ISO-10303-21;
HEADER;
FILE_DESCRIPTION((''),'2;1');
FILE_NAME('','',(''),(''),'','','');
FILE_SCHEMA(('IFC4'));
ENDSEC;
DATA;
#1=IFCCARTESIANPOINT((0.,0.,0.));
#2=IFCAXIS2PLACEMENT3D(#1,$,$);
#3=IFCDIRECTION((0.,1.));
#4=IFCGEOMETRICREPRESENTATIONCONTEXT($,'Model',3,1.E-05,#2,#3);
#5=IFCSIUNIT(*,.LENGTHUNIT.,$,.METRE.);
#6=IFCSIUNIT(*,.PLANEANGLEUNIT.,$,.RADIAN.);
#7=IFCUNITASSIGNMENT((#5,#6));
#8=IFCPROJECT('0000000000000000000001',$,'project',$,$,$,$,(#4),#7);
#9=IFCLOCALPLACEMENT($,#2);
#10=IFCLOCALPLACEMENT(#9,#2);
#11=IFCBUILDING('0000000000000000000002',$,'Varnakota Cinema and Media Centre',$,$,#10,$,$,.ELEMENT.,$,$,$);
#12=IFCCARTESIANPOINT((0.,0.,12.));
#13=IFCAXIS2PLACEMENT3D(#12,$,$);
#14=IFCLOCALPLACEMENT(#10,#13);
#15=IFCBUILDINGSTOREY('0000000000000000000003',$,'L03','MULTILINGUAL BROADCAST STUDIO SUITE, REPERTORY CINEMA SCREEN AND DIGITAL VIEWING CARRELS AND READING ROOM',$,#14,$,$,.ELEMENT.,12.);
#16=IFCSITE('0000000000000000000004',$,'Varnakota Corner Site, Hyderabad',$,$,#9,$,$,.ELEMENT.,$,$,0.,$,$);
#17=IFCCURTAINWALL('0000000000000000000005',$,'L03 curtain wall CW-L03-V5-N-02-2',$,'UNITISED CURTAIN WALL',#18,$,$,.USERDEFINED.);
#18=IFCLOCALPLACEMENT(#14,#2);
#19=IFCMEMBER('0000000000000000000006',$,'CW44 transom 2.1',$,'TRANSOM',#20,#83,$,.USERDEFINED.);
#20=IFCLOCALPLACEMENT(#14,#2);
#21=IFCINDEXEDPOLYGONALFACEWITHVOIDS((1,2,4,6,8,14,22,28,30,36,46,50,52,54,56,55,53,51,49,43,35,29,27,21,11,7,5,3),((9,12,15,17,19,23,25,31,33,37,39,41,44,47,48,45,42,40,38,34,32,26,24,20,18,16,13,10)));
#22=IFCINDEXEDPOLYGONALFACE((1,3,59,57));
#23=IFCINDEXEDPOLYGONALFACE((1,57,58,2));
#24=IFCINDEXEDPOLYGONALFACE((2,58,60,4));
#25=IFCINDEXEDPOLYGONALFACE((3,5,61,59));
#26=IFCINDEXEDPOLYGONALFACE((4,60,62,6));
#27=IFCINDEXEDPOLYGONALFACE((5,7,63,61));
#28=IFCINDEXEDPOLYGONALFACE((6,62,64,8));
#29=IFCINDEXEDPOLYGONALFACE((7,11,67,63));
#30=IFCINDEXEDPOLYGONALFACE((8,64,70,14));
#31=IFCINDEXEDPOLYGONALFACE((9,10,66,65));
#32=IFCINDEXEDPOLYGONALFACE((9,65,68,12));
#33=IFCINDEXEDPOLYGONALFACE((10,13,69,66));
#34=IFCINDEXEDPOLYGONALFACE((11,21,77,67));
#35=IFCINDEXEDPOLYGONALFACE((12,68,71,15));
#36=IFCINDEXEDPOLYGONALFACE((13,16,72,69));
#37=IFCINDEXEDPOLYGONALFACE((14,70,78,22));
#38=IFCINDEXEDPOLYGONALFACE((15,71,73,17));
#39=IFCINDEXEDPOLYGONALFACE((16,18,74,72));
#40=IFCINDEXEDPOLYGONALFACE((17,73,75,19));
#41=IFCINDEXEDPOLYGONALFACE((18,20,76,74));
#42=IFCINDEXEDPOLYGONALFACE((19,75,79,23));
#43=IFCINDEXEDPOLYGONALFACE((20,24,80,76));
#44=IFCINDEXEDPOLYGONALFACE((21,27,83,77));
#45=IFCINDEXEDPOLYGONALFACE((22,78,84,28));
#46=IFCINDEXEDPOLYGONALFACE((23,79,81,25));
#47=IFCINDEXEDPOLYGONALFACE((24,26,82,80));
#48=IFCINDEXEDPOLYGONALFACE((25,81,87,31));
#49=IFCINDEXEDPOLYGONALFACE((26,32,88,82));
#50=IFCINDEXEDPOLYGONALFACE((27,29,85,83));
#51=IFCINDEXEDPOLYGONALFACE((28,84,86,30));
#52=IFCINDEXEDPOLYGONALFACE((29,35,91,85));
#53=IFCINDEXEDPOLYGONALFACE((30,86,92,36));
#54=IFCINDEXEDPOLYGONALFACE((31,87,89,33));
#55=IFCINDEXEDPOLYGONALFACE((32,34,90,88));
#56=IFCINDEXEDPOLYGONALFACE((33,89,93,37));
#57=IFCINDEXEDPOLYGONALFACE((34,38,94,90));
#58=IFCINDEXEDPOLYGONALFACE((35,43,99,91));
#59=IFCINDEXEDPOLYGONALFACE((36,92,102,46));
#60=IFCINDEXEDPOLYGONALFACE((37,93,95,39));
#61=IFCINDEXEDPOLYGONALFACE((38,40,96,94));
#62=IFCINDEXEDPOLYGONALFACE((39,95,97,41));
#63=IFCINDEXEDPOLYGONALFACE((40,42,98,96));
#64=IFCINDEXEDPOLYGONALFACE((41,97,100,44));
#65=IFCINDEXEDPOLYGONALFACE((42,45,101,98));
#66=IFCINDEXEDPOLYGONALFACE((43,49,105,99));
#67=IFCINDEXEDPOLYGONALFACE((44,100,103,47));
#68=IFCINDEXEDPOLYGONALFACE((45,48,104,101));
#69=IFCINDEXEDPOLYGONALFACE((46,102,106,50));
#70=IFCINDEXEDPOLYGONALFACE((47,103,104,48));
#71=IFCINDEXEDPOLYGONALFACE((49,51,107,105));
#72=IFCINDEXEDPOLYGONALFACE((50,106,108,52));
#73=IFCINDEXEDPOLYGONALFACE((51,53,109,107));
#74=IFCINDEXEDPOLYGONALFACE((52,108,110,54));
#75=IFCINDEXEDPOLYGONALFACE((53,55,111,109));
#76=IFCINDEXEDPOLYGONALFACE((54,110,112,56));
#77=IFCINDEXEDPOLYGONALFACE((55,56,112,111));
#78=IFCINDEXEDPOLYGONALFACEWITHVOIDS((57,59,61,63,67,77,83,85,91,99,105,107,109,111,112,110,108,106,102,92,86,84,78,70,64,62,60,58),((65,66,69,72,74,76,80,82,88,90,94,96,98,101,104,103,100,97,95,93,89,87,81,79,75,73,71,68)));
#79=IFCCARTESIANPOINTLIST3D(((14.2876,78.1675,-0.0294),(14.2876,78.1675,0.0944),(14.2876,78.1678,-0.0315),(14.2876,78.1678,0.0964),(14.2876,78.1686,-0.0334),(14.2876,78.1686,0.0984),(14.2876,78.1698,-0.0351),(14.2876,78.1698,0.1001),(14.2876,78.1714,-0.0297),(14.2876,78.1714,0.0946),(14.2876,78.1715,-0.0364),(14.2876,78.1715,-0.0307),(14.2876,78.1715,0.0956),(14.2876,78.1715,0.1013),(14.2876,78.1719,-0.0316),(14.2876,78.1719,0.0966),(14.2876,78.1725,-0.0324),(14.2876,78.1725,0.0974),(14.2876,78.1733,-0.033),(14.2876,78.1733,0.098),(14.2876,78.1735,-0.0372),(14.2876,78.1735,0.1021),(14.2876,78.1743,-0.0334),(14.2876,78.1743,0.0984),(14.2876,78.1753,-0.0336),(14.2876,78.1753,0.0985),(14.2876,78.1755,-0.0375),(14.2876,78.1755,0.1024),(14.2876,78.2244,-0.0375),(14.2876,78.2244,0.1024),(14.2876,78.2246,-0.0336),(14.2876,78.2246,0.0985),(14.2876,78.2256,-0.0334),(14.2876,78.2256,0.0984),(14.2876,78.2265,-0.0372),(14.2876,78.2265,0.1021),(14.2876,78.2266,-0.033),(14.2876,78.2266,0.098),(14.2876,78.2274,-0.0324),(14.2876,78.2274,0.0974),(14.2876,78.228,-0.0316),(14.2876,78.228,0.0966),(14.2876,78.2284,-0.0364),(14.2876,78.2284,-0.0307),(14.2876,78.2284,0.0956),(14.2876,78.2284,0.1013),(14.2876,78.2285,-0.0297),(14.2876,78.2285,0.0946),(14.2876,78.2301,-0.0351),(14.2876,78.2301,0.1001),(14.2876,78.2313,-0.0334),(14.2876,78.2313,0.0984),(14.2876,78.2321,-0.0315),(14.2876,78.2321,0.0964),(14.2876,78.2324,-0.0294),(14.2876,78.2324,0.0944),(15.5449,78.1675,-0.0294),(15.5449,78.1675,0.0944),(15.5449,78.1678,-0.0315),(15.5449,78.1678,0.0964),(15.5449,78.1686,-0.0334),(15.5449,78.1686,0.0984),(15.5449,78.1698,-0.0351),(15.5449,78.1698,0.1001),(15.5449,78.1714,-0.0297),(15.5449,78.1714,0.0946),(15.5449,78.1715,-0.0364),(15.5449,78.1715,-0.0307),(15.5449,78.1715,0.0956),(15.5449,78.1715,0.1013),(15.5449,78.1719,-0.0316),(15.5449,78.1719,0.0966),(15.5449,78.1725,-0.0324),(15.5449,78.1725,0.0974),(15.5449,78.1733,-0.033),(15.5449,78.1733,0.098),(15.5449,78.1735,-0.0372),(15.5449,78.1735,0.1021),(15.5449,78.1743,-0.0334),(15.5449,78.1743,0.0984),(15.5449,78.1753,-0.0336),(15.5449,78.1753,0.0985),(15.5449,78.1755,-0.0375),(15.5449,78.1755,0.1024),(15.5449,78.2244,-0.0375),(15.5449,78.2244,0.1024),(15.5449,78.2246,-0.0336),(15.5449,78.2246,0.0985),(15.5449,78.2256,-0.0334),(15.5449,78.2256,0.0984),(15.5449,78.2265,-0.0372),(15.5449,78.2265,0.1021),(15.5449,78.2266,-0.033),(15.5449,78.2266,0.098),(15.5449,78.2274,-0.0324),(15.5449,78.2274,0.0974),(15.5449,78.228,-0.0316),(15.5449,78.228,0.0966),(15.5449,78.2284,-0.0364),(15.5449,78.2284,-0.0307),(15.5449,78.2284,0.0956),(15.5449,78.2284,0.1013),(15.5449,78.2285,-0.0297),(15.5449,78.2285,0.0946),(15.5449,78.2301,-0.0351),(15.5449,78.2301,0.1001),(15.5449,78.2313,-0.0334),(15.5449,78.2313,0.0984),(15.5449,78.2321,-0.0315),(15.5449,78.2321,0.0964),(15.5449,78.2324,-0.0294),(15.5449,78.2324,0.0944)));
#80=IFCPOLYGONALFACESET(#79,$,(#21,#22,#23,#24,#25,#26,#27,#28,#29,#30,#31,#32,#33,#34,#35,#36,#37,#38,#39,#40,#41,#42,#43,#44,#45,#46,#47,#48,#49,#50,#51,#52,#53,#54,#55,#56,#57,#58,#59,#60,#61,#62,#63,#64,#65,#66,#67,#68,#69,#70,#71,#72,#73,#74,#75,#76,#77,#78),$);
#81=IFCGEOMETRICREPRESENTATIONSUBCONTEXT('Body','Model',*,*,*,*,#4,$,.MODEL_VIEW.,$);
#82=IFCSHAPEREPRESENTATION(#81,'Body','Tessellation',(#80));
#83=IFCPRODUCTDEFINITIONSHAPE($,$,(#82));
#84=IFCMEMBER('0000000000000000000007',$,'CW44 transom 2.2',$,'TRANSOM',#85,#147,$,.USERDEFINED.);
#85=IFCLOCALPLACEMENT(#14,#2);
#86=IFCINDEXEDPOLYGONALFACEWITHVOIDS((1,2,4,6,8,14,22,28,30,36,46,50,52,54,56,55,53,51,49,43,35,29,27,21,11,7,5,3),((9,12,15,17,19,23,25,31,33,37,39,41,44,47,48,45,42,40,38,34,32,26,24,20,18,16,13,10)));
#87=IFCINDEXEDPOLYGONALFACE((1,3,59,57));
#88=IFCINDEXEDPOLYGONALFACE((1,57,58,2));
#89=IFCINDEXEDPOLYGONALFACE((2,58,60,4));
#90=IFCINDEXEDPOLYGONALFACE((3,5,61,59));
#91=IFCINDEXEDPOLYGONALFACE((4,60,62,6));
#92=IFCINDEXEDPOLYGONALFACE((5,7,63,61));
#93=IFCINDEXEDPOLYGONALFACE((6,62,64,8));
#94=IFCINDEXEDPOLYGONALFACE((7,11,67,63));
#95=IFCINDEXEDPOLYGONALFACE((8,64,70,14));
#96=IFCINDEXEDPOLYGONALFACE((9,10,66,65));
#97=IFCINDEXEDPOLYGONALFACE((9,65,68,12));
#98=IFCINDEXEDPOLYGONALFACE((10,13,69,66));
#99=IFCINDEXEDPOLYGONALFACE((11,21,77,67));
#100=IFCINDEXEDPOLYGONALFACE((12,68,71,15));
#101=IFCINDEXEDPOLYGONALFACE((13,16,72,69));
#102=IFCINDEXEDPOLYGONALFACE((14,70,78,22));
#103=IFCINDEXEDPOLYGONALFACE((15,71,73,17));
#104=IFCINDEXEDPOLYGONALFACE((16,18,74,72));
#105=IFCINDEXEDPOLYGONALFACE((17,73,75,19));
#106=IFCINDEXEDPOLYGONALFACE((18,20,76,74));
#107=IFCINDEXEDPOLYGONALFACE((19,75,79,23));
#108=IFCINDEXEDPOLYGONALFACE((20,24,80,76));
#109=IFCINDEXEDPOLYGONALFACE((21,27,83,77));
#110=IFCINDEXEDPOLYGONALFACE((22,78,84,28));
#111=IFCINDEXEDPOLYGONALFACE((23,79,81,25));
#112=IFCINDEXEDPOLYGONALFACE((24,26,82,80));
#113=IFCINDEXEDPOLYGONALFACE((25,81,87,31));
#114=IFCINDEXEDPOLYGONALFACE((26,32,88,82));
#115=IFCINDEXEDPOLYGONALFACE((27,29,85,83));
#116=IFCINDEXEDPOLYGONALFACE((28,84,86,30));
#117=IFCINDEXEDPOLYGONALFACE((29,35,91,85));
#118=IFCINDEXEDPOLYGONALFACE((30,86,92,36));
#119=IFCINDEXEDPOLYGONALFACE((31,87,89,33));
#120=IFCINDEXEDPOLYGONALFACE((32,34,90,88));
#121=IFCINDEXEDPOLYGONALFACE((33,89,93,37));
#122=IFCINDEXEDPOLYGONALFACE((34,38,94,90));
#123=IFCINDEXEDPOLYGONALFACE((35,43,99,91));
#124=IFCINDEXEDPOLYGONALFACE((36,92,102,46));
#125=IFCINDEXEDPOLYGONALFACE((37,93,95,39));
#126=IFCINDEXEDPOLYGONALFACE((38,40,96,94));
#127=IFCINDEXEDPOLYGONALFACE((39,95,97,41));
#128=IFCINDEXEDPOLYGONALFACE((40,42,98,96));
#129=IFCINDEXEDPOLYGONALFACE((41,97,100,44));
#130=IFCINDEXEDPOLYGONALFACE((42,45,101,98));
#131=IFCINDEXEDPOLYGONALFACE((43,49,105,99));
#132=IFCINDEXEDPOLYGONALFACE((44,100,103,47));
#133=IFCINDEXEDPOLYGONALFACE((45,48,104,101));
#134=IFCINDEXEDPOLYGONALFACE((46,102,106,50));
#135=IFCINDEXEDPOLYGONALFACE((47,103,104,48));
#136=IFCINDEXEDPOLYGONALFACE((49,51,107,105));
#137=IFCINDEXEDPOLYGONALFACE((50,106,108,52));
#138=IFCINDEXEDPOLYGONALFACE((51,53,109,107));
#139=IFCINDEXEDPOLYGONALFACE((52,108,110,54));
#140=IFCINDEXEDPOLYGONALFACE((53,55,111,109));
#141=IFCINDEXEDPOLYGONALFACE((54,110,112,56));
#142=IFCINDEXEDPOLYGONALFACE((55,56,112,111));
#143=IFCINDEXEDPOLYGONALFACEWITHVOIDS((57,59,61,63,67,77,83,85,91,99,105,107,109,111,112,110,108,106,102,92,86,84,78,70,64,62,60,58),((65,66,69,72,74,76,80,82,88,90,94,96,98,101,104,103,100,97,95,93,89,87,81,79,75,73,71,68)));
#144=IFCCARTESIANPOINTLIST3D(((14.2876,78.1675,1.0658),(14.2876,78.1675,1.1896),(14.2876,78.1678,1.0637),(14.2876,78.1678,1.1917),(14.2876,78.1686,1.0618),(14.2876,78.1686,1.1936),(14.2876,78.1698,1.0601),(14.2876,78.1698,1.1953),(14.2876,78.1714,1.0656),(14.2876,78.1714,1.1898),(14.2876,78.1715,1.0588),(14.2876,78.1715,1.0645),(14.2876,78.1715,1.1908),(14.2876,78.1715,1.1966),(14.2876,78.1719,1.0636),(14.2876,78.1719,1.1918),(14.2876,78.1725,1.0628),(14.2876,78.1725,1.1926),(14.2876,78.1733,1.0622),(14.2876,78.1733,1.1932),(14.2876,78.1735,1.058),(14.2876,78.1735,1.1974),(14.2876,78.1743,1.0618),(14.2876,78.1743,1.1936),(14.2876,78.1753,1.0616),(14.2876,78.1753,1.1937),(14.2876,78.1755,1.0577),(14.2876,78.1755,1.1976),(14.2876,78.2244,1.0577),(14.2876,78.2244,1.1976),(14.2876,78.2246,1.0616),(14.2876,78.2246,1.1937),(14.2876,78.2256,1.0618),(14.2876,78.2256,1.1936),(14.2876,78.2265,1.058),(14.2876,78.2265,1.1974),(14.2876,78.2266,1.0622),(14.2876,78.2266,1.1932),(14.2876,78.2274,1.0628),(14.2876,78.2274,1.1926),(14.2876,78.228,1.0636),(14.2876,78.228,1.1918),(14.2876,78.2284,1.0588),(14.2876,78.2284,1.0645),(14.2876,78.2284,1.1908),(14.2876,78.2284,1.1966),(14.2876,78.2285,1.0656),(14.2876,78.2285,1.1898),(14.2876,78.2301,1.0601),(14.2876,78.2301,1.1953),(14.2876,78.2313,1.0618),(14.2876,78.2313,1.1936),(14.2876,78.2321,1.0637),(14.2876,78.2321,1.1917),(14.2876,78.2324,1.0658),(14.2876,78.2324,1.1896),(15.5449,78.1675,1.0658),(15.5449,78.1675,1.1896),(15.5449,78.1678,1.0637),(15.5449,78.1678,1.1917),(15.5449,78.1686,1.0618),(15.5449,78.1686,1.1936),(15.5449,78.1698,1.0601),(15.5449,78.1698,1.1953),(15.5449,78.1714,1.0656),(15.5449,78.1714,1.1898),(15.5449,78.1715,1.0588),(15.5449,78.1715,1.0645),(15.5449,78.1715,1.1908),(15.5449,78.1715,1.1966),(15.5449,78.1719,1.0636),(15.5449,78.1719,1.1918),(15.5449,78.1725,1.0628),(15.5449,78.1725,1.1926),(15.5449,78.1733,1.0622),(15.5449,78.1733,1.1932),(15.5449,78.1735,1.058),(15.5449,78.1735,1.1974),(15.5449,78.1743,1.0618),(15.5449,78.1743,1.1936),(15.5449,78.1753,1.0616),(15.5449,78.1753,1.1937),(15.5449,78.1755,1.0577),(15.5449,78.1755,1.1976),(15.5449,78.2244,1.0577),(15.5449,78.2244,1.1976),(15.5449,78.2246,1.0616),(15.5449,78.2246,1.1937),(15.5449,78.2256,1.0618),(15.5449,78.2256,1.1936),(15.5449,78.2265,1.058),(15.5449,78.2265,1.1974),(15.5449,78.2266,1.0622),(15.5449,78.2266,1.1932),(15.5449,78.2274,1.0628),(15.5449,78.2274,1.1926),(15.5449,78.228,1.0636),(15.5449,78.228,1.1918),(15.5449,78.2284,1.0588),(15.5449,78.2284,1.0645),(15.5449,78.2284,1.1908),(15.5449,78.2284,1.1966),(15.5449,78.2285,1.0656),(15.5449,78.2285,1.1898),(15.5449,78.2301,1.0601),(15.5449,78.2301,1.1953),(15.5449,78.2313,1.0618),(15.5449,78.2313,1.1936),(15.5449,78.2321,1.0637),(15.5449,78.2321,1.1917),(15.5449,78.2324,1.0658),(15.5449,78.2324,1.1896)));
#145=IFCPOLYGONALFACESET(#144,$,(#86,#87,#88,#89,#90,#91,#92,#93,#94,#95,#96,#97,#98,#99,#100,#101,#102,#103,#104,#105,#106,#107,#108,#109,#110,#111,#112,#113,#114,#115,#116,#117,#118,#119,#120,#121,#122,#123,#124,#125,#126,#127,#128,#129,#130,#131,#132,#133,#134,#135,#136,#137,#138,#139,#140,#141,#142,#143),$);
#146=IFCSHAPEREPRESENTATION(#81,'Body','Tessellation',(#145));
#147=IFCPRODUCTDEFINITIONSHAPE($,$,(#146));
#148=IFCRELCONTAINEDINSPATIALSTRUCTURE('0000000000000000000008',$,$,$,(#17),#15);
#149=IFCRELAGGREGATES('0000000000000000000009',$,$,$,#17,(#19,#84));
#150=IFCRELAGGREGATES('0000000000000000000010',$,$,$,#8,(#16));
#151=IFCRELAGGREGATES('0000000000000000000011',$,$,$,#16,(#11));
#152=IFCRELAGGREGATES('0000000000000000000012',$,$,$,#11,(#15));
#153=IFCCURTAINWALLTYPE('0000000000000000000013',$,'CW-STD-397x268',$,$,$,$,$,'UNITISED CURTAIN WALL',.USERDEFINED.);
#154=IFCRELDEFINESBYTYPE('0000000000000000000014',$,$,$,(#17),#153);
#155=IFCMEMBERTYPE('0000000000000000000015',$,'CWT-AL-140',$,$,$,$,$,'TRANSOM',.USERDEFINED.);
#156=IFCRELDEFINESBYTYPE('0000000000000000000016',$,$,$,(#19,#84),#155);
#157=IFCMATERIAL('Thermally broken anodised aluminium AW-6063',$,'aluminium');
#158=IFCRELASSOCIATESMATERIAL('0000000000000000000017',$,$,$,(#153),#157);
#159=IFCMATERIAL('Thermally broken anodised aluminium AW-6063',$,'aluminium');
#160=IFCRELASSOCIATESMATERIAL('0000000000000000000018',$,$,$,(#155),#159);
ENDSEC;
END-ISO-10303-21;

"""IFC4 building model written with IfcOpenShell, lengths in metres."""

from ifc_helpers import new_model, si_unit, direction, frame, origin, origin_2d, place, context, subcontext, project, spatial, hollow_rectangle, extrude, material, material_profile, profile_set, type_object, element, aggregate, save


model = new_model("IFC4")

# Units and contexts
model_context = context("Model", 3, precision=1e-05, world=origin(), true_north=direction((0.0, 1.0)))
body_context = subcontext(model_context, "Body", "Model", "MODEL_VIEW")
ifc_project = project(units=[si_unit("LENGTHUNIT", "METRE"), si_unit("PLANEANGLEUNIT", "RADIAN")], contexts=[model_context])

# Site, building, storey
site_placement = place(None, origin())
site = spatial("IfcSite", under=ifc_project, at=site_placement, Name="Varnakota Corner Site, Hyderabad", CompositionType="ELEMENT", RefElevation=0.0)
building_placement = place(site_placement, origin())
building = spatial("IfcBuilding", under=site, at=building_placement, Name="Varnakota Cinema and Media Centre", CompositionType="ELEMENT")
storey_placement = place(building_placement, frame((0.0, 0.0, 12.0)))
storey = spatial("IfcBuildingStorey", under=building, at=storey_placement, Name="L03", Description="MULTILINGUAL BROADCAST STUDIO SUITE, REPERTORY CINEMA SCREEN AND DIGITAL VIEWING CARRELS AND READING ROOM", CompositionType="ELEMENT", Elevation=12.0)

# Curtain wall
ifc_material_1 = material(Name="Thermally broken anodised aluminium AW-6063", Category="aluminium")
curtain_wall_type = type_object("IfcCurtainWallType", Name="CW-STD-397x268", ElementType="UNITISED CURTAIN WALL", PredefinedType="USERDEFINED", material=ifc_material_1)
curtain_wall_1_placement = place(storey_placement, origin())
curtain_wall_1 = element("IfcCurtainWall", 1, at=curtain_wall_1_placement, inside=storey, type_object=curtain_wall_type, Name="L03 curtain wall CW-L03-V5-N-02-2", ObjectType="UNITISED CURTAIN WALL", PredefinedType="USERDEFINED")

# Members
ifc_material_2 = material(Name="Thermally broken anodised aluminium AW-6063", Category="aluminium")
ifc_material_profile_1 = material_profile(ifc_material_2, hollow_rectangle(XDim=0.0649, YDim=0.1399, WallThickness=0.0039, InnerFilletRadius=0.0039, OuterFilletRadius=0.0081, at=origin_2d()), Name="AL-TRANSOM 140x65x4")
ifc_profile_set_1 = profile_set([ifc_material_profile_1], Name="Thermally broken anodised aluminium AW-6063")
member_type_1 = type_object("IfcMemberType", Name="CWT-AL-140", ElementType="TRANSOM", PredefinedType="USERDEFINED", material=ifc_profile_set_1)
member_1_placement = place(storey_placement, frame((14.2876, 78.2, 0.0325), z_axis=(1.0, 0.0, 0.0), x_axis=(0.0, 1.0, 0.0)))
member_1 = element("IfcMember", 2, at=member_1_placement, type_object=member_type_1, Name="CW44 transom 2.1", ObjectType="TRANSOM", PredefinedType="USERDEFINED", context=body_context, shape_type="SweptSolid", body=[
    extrude(hollow_rectangle(XDim=0.0649, YDim=0.1399, WallThickness=0.0039, InnerFilletRadius=0.0039, OuterFilletRadius=0.0081, at=origin_2d()), origin(), (0.0, 0.0, 1.0), 1.2573),
])
member_2_placement = place(storey_placement, frame((14.2876, 78.2, 1.1277), z_axis=(1.0, 0.0, 0.0), x_axis=(0.0, 1.0, 0.0)))
member_2 = element("IfcMember", 3, at=member_2_placement, type_object=member_type_1, Name="CW44 transom 2.2", ObjectType="TRANSOM", PredefinedType="USERDEFINED", context=body_context, shape_type="SweptSolid", body=[
    extrude(hollow_rectangle(XDim=0.0649, YDim=0.1399, WallThickness=0.0039, InnerFilletRadius=0.0039, OuterFilletRadius=0.0081, at=origin_2d()), origin(), (0.0, 0.0, 1.0), 1.2573),
])

aggregate(curtain_wall_1, [member_1, member_2])

save(model, "model.ifc")
